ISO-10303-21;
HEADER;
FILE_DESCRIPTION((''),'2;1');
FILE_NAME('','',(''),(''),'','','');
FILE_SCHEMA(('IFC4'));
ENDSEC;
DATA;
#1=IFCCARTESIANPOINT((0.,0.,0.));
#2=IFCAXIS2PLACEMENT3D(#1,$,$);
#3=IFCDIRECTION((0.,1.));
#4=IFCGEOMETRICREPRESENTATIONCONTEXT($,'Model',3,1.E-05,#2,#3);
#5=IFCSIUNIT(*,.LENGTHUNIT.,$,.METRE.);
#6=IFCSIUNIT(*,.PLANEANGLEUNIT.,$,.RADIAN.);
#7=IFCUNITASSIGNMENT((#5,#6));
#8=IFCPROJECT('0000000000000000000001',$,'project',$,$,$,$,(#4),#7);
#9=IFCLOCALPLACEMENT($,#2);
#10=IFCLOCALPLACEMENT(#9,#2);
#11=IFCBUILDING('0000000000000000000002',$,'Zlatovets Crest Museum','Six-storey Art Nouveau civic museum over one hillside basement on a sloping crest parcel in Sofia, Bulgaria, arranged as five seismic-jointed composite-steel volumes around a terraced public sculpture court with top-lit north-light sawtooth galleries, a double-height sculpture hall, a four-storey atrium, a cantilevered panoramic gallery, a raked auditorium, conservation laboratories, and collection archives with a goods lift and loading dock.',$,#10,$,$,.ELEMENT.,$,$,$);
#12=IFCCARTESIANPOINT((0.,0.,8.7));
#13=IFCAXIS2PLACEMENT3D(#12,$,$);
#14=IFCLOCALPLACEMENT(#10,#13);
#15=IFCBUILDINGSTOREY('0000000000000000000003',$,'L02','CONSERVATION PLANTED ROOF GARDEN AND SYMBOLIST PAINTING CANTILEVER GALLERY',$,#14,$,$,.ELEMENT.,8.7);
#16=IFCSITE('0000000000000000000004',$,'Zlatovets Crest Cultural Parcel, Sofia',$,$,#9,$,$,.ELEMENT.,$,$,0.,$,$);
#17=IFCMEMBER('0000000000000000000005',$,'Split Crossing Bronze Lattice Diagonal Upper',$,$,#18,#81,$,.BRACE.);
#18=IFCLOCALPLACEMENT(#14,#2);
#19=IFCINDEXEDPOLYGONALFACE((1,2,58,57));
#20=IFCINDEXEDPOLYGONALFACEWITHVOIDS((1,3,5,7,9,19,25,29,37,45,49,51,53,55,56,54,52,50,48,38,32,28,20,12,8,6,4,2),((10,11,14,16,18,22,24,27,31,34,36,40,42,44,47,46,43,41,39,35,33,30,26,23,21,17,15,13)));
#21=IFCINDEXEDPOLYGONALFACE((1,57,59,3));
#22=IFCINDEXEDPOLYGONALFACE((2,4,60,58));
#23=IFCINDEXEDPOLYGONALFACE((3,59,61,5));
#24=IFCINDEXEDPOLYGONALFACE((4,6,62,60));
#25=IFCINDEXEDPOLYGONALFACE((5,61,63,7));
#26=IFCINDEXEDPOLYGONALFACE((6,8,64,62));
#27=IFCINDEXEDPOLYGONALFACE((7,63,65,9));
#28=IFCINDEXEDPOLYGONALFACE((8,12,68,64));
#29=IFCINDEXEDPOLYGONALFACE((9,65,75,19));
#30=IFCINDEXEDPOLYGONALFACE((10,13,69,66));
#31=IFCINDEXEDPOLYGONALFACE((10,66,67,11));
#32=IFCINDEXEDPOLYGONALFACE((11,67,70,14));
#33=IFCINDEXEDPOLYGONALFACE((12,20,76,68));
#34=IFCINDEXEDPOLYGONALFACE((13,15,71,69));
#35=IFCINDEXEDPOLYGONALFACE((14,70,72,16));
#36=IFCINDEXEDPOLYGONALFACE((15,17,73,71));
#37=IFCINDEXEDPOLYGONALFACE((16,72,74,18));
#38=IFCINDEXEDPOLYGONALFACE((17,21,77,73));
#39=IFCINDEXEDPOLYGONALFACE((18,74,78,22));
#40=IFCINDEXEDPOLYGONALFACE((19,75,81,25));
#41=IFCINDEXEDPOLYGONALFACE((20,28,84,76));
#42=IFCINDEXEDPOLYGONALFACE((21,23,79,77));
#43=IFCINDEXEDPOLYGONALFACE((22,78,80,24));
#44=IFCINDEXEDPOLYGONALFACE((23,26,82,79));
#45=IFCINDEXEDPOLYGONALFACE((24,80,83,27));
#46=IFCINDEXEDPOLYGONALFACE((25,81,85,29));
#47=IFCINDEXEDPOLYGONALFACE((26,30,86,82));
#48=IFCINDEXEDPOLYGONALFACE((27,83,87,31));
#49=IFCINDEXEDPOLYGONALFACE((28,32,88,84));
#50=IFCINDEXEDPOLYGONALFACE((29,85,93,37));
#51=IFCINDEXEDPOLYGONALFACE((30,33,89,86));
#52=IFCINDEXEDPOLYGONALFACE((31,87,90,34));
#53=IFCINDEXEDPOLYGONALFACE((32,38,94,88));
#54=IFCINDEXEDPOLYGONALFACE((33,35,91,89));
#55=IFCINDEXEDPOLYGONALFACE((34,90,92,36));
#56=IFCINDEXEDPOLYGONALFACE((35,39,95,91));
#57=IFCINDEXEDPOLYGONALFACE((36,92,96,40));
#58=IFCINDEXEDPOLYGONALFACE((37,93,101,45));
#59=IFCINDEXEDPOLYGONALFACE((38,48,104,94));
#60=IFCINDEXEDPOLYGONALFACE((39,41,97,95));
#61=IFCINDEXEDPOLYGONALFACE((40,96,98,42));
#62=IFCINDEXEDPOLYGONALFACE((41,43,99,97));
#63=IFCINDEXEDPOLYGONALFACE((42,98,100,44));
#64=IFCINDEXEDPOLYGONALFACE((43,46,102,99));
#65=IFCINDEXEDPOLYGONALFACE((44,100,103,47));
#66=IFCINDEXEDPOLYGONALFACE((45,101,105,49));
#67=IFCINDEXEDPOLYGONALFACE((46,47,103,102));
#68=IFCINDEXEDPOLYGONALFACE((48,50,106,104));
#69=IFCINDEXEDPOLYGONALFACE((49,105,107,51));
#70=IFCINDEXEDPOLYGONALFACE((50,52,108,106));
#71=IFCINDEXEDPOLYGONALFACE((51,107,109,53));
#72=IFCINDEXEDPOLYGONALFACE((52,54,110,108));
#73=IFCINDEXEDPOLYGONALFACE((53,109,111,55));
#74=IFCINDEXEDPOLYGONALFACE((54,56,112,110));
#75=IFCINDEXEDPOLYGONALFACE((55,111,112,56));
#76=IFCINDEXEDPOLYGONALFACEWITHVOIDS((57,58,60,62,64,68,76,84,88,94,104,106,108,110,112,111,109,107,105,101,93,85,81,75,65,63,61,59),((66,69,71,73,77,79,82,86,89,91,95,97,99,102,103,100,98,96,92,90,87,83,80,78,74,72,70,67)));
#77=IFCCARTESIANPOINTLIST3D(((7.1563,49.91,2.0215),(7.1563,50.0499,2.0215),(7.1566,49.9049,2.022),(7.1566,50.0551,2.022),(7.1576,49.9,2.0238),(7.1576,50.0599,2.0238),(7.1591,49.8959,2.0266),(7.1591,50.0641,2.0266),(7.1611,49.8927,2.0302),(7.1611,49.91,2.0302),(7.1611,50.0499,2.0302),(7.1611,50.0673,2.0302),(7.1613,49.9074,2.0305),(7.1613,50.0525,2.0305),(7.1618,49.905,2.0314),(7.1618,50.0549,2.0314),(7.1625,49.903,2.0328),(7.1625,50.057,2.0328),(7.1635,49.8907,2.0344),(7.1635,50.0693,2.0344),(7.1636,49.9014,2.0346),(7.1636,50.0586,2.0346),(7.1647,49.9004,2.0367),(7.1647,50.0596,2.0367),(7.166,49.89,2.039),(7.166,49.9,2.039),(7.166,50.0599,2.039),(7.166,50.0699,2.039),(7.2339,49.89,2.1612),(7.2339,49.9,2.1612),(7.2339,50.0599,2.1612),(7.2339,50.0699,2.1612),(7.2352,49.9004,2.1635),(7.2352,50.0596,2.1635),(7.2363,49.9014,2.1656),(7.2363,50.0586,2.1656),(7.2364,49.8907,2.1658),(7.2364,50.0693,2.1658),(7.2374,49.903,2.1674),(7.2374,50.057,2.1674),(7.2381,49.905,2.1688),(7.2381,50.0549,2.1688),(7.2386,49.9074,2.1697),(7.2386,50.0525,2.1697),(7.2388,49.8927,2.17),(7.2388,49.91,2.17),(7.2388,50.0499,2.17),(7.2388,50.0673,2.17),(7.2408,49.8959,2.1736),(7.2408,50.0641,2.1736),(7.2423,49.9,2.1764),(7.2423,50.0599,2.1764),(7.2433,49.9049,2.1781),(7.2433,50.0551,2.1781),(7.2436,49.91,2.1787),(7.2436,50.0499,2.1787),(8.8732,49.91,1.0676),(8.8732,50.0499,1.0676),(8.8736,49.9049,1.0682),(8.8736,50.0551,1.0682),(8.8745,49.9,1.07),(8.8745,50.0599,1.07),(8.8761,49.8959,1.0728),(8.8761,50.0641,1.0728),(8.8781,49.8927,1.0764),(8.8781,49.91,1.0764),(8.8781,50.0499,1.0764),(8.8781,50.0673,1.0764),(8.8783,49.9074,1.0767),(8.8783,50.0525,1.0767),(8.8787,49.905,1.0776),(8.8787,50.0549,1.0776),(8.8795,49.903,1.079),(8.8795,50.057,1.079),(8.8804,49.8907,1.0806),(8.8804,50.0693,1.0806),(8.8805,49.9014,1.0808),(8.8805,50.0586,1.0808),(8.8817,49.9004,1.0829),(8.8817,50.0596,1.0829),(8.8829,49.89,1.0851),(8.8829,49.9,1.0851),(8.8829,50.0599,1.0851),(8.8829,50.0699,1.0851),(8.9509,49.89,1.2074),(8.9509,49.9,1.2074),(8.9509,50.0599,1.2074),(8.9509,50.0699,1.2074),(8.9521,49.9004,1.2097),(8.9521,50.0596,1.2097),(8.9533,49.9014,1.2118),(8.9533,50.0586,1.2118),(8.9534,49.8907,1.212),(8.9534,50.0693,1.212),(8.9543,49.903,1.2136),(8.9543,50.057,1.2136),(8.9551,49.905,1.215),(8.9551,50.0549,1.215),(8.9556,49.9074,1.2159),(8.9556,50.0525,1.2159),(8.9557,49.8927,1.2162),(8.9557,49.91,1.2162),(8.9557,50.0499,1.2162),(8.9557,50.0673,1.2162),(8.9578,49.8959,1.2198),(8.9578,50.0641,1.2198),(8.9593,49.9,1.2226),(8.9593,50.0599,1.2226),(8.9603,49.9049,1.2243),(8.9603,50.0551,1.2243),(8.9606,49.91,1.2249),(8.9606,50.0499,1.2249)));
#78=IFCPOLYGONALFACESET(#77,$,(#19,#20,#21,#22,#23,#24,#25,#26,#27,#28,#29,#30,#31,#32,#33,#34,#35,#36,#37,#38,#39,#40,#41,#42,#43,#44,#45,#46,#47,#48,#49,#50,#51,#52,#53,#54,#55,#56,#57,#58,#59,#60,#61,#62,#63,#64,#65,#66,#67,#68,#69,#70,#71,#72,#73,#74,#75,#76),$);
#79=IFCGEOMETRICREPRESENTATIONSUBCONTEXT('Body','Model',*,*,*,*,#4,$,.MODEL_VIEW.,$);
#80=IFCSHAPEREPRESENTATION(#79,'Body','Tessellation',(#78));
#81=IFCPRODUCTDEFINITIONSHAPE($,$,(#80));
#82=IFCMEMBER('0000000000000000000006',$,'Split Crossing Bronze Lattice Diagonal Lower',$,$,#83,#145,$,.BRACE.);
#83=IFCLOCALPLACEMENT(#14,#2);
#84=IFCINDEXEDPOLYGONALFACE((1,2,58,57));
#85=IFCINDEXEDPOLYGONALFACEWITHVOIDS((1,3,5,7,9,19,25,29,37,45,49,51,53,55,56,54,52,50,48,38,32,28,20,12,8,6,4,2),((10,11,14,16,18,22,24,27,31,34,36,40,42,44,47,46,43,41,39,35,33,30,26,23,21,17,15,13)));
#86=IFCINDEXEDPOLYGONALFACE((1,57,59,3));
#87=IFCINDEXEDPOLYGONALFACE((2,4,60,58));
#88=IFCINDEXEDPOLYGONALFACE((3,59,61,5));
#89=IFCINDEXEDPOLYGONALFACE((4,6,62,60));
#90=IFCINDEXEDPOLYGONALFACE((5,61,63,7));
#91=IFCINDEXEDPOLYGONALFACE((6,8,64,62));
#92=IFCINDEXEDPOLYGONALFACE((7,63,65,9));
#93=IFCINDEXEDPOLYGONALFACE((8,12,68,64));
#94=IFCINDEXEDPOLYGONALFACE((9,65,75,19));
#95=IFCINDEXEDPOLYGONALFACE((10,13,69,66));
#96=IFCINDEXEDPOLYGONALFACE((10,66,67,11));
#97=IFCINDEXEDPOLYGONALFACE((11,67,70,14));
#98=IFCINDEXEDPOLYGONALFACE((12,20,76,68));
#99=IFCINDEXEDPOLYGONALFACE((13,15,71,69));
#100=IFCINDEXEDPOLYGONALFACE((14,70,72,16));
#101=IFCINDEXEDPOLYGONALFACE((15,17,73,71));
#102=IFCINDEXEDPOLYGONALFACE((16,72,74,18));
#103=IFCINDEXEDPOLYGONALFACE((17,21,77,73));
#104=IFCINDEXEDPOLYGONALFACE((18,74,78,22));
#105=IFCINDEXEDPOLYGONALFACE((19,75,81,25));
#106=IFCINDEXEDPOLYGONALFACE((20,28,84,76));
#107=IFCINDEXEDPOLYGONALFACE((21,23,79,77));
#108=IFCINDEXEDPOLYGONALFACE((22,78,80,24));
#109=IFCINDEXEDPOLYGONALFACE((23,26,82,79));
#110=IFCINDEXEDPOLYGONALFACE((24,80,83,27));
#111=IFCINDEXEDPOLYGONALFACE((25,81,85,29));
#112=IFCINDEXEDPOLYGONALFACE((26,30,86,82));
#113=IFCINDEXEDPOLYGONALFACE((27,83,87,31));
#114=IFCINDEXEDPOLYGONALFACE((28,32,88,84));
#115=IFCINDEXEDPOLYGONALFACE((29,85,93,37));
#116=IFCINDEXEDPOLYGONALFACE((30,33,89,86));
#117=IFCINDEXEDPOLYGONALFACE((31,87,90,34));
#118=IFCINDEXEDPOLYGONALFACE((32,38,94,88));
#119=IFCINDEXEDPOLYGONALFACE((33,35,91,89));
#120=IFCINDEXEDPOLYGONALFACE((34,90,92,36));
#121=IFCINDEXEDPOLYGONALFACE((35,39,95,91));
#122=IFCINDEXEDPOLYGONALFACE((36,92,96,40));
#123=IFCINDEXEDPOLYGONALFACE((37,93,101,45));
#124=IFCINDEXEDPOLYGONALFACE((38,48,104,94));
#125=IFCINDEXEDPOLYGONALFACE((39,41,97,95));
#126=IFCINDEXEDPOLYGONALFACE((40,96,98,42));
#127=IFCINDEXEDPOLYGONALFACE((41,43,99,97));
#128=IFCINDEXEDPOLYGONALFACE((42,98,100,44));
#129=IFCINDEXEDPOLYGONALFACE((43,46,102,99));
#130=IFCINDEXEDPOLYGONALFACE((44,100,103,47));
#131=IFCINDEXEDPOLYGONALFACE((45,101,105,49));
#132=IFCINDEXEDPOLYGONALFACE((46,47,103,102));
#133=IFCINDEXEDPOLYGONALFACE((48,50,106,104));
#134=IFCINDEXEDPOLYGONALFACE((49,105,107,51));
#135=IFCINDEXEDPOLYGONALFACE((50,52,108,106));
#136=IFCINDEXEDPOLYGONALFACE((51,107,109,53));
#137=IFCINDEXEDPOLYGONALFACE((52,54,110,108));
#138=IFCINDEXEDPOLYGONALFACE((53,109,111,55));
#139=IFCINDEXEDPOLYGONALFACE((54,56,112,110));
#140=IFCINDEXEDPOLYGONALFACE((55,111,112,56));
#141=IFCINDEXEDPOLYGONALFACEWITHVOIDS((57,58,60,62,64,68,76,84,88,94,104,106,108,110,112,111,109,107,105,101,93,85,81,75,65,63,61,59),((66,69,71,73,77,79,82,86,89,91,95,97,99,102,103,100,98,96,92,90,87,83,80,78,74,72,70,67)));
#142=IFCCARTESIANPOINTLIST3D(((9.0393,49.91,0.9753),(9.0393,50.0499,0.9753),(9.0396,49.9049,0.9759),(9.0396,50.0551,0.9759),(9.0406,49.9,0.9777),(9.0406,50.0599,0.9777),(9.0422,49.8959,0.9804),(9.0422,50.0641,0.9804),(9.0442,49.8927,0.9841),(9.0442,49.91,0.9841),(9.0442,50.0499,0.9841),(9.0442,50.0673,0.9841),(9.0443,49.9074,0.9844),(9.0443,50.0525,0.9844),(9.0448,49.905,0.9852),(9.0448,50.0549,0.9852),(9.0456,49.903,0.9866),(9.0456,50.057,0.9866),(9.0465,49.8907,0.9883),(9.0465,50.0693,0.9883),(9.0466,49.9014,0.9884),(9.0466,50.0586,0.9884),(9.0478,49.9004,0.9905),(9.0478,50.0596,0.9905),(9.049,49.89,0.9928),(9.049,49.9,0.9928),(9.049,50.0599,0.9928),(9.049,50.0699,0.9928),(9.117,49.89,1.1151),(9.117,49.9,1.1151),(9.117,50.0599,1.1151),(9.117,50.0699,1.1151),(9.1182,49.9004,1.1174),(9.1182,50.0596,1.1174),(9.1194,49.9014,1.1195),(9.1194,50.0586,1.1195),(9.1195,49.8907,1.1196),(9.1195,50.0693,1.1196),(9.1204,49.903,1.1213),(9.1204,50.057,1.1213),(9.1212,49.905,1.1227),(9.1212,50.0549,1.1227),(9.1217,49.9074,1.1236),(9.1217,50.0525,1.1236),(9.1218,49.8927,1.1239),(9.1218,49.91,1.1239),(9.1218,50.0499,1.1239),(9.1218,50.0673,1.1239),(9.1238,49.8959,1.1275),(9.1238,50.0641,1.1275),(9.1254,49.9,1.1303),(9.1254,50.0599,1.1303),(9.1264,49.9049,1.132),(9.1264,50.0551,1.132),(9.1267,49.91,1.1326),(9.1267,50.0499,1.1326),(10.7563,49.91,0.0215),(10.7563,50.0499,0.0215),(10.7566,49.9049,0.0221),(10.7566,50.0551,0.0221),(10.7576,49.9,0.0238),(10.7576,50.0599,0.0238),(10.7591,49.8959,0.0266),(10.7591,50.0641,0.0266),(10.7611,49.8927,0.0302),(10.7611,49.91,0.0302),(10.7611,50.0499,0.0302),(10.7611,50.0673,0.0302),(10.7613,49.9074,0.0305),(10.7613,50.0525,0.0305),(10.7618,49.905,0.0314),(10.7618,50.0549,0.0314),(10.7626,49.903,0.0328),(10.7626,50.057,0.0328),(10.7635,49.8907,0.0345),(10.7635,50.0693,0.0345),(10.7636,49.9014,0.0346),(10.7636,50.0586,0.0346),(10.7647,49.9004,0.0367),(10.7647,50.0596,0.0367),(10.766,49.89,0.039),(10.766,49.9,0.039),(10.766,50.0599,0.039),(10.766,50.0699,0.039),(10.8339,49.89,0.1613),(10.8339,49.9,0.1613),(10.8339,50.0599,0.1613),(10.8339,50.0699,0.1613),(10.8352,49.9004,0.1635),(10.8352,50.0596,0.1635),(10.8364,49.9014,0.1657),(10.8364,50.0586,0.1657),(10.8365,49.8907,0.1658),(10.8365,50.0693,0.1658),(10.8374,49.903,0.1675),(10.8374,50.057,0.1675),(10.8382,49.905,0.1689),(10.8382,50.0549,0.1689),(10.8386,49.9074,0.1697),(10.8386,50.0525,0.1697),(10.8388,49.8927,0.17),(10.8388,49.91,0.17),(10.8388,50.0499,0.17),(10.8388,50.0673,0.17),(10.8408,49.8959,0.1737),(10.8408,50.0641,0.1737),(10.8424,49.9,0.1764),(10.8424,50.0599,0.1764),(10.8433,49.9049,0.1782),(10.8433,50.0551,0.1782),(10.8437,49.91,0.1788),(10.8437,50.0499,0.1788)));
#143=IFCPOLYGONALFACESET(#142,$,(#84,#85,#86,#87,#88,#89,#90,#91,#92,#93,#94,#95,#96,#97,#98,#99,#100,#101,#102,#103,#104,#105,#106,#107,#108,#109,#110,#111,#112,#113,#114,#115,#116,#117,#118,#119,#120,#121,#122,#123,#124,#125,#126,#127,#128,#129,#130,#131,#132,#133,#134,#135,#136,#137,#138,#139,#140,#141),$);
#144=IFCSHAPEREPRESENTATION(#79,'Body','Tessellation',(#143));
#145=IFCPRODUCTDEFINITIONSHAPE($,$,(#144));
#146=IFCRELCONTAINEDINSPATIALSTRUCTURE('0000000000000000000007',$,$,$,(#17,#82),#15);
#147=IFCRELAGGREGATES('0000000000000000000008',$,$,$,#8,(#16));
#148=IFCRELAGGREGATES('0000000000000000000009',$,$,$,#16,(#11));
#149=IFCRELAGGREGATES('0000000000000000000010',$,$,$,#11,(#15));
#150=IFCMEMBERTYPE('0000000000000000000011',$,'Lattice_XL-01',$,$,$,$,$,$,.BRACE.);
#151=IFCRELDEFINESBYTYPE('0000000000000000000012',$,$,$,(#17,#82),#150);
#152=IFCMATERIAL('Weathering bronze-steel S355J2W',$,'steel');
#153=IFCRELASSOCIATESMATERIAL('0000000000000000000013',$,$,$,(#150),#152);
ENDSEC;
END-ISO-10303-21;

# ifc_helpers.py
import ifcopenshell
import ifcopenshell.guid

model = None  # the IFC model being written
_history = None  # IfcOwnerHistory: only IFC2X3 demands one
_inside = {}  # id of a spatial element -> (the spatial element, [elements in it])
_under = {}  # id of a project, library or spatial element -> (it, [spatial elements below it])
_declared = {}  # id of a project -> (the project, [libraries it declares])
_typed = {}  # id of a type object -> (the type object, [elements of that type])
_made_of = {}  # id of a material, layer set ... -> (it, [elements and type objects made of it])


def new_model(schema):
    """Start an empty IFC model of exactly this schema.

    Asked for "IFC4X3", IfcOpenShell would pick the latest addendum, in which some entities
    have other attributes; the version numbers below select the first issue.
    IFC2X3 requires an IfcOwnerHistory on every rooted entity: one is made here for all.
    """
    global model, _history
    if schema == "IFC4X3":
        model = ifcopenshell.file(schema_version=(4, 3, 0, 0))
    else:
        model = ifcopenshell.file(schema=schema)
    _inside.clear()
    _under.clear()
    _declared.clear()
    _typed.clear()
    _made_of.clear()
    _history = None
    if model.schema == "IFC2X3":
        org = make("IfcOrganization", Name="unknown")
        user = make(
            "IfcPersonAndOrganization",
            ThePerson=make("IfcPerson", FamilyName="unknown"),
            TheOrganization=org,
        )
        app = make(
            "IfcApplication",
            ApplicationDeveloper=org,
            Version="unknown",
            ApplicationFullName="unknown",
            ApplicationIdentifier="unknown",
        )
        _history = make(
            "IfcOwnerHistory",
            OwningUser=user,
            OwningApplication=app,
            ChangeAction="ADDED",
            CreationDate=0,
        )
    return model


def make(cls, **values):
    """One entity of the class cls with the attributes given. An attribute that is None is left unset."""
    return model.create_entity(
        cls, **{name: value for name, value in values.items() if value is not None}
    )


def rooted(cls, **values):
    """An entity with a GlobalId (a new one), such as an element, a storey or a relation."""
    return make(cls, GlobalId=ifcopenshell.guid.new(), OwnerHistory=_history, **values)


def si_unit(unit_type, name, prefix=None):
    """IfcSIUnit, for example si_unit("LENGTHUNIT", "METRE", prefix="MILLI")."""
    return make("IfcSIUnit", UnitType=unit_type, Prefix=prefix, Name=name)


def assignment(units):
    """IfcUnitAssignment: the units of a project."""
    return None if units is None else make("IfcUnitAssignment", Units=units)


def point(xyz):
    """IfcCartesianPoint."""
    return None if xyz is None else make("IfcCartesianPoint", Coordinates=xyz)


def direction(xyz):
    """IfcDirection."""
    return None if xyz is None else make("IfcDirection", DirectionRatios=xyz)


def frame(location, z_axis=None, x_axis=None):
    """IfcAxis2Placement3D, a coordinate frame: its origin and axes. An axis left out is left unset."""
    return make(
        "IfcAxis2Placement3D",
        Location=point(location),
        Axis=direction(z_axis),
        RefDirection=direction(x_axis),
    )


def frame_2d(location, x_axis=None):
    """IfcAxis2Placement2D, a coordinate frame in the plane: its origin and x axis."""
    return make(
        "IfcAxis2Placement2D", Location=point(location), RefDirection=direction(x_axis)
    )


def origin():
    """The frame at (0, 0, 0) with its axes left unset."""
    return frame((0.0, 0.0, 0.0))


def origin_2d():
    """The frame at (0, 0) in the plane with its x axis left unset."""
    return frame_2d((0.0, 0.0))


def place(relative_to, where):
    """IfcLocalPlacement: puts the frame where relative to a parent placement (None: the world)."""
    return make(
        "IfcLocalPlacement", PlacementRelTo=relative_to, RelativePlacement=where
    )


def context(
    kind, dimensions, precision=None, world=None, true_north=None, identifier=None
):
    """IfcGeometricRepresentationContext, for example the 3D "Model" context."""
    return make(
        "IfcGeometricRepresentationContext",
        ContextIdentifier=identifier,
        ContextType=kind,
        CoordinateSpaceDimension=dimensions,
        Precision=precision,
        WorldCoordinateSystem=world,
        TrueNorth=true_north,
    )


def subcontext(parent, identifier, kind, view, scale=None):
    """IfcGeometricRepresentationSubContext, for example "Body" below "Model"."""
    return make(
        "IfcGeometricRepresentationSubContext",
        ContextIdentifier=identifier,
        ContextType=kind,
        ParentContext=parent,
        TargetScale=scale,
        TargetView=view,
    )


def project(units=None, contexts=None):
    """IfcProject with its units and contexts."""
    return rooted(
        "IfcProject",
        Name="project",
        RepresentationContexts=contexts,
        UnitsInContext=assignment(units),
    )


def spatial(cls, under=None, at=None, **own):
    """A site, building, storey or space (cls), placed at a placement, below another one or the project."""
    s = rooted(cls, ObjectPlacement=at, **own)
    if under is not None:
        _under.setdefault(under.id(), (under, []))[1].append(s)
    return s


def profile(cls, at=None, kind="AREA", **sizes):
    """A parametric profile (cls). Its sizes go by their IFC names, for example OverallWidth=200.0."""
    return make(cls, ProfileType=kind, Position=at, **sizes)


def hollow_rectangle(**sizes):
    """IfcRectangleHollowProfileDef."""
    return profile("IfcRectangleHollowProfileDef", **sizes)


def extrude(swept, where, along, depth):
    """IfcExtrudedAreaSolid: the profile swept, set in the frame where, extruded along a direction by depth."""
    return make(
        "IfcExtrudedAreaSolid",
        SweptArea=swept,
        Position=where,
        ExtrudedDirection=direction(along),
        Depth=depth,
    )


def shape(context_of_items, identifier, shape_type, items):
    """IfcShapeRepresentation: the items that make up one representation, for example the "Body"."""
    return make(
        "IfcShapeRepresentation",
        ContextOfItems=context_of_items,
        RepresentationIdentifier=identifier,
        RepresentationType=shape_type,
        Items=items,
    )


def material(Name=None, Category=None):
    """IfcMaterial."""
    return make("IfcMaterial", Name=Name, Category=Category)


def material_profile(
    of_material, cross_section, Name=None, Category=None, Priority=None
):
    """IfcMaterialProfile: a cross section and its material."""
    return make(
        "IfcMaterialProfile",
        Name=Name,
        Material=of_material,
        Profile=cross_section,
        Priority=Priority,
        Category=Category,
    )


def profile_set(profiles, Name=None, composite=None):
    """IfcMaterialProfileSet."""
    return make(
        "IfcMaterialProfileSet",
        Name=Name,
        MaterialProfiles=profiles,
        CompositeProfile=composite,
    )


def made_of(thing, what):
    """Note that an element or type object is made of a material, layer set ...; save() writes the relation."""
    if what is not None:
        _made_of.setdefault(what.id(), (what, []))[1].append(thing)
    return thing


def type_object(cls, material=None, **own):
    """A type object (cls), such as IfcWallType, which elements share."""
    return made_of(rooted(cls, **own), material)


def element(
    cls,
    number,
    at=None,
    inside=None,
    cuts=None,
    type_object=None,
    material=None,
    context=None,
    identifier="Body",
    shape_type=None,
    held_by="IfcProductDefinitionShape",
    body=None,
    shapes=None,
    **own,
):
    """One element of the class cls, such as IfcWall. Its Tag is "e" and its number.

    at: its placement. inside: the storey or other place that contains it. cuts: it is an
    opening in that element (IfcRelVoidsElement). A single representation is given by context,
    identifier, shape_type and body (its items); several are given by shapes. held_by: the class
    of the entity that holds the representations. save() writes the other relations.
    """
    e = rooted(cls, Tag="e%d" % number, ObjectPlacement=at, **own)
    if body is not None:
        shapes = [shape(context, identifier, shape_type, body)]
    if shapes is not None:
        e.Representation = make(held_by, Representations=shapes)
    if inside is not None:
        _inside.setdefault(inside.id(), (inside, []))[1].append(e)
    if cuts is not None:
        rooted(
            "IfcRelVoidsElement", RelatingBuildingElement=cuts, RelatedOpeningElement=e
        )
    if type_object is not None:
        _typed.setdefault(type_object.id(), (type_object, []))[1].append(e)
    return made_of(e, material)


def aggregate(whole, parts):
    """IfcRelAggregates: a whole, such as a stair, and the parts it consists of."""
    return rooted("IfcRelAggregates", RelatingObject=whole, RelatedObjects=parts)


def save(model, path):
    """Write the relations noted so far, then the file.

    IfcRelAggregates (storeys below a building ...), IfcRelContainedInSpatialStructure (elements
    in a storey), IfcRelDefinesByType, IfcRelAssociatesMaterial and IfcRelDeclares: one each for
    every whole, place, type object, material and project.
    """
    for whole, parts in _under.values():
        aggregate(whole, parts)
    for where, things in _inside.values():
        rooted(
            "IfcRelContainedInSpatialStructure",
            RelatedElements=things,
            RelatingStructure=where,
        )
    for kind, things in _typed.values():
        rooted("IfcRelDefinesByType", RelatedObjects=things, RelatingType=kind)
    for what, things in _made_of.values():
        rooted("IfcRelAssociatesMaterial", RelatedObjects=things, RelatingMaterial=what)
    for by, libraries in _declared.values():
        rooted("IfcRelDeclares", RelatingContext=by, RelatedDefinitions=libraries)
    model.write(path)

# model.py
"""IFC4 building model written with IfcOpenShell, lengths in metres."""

from ifc_helpers import new_model, si_unit, direction, frame, origin, origin_2d, place, context, subcontext, project, spatial, hollow_rectangle, extrude, material, material_profile, profile_set, type_object, element, save


model = new_model("IFC4")

# Units and contexts
model_context = context("Model", 3, precision=1e-05, world=origin(), true_north=direction((0.0, 1.0)))
body_context = subcontext(model_context, "Body", "Model", "MODEL_VIEW")
ifc_project = project(units=[si_unit("LENGTHUNIT", "METRE"), si_unit("PLANEANGLEUNIT", "RADIAN")], contexts=[model_context])

# Site, building, storey
site_placement = place(None, origin())
site = spatial("IfcSite", under=ifc_project, at=site_placement, Name="Zlatovets Crest Cultural Parcel, Sofia", CompositionType="ELEMENT", RefElevation=0.0)
building_placement = place(site_placement, origin())
building = spatial("IfcBuilding", under=site, at=building_placement, Name="Zlatovets Crest Museum", Description="Six-storey Art Nouveau civic museum over one hillside basement on a sloping crest parcel in Sofia, Bulgaria, arranged as five seismic-jointed composite-steel volumes around a terraced public sculpture court with top-lit north-light sawtooth galleries, a double-height sculpture hall, a four-storey atrium, a cantilevered panoramic gallery, a raked auditorium, conservation laboratories, and collection archives with a goods lift and loading dock.", CompositionType="ELEMENT")
storey_placement = place(building_placement, frame((0.0, 0.0, 8.7)))
storey = spatial("IfcBuildingStorey", under=building, at=storey_placement, Name="L02", Description="CONSERVATION PLANTED ROOF GARDEN AND SYMBOLIST PAINTING CANTILEVER GALLERY", CompositionType="ELEMENT", Elevation=8.7)

# Members
ifc_material_1 = material(Name="Weathering bronze-steel S355J2W", Category="steel")
ifc_material_profile_1 = material_profile(ifc_material_1, hollow_rectangle(XDim=0.1799, YDim=0.1799, WallThickness=0.01, InnerFilletRadius=0.01, OuterFilletRadius=0.02, at=origin_2d()), Name="SHS 180x180x10.0")
ifc_profile_set_1 = profile_set([ifc_material_profile_1], Name="Weathering bronze-steel S355J2W")
member_type_1 = type_object("IfcMemberType", Name="Lattice_XL-01", PredefinedType="BRACE", material=ifc_profile_set_1)
for number, where, z_axis, x_axis, name in (
    (1, (7.2, 49.98, 2.1001), (0.874169, 0.0, -0.485622), (0.0, 1.0, 0.0), "Split Crossing Bronze Lattice Diagonal Upper"),
    (2, (9.083, 49.98, 1.054), (0.874169, 0.0, -0.485622), (0.0, 1.0, 0.0), "Split Crossing Bronze Lattice Diagonal Lower"),
):
    element("IfcMember", number, at=place(storey_placement, frame(where, z_axis=z_axis, x_axis=x_axis)), inside=storey, type_object=member_type_1, Name=name, PredefinedType="BRACE", context=body_context, shape_type="SweptSolid", body=[
        extrude(hollow_rectangle(XDim=0.1799, YDim=0.1799, WallThickness=0.01, InnerFilletRadius=0.01, OuterFilletRadius=0.02, at=origin_2d()), origin(), (0.0, 0.0, 1.0), 1.9641),
    ])

save(model, "model.ifc")
